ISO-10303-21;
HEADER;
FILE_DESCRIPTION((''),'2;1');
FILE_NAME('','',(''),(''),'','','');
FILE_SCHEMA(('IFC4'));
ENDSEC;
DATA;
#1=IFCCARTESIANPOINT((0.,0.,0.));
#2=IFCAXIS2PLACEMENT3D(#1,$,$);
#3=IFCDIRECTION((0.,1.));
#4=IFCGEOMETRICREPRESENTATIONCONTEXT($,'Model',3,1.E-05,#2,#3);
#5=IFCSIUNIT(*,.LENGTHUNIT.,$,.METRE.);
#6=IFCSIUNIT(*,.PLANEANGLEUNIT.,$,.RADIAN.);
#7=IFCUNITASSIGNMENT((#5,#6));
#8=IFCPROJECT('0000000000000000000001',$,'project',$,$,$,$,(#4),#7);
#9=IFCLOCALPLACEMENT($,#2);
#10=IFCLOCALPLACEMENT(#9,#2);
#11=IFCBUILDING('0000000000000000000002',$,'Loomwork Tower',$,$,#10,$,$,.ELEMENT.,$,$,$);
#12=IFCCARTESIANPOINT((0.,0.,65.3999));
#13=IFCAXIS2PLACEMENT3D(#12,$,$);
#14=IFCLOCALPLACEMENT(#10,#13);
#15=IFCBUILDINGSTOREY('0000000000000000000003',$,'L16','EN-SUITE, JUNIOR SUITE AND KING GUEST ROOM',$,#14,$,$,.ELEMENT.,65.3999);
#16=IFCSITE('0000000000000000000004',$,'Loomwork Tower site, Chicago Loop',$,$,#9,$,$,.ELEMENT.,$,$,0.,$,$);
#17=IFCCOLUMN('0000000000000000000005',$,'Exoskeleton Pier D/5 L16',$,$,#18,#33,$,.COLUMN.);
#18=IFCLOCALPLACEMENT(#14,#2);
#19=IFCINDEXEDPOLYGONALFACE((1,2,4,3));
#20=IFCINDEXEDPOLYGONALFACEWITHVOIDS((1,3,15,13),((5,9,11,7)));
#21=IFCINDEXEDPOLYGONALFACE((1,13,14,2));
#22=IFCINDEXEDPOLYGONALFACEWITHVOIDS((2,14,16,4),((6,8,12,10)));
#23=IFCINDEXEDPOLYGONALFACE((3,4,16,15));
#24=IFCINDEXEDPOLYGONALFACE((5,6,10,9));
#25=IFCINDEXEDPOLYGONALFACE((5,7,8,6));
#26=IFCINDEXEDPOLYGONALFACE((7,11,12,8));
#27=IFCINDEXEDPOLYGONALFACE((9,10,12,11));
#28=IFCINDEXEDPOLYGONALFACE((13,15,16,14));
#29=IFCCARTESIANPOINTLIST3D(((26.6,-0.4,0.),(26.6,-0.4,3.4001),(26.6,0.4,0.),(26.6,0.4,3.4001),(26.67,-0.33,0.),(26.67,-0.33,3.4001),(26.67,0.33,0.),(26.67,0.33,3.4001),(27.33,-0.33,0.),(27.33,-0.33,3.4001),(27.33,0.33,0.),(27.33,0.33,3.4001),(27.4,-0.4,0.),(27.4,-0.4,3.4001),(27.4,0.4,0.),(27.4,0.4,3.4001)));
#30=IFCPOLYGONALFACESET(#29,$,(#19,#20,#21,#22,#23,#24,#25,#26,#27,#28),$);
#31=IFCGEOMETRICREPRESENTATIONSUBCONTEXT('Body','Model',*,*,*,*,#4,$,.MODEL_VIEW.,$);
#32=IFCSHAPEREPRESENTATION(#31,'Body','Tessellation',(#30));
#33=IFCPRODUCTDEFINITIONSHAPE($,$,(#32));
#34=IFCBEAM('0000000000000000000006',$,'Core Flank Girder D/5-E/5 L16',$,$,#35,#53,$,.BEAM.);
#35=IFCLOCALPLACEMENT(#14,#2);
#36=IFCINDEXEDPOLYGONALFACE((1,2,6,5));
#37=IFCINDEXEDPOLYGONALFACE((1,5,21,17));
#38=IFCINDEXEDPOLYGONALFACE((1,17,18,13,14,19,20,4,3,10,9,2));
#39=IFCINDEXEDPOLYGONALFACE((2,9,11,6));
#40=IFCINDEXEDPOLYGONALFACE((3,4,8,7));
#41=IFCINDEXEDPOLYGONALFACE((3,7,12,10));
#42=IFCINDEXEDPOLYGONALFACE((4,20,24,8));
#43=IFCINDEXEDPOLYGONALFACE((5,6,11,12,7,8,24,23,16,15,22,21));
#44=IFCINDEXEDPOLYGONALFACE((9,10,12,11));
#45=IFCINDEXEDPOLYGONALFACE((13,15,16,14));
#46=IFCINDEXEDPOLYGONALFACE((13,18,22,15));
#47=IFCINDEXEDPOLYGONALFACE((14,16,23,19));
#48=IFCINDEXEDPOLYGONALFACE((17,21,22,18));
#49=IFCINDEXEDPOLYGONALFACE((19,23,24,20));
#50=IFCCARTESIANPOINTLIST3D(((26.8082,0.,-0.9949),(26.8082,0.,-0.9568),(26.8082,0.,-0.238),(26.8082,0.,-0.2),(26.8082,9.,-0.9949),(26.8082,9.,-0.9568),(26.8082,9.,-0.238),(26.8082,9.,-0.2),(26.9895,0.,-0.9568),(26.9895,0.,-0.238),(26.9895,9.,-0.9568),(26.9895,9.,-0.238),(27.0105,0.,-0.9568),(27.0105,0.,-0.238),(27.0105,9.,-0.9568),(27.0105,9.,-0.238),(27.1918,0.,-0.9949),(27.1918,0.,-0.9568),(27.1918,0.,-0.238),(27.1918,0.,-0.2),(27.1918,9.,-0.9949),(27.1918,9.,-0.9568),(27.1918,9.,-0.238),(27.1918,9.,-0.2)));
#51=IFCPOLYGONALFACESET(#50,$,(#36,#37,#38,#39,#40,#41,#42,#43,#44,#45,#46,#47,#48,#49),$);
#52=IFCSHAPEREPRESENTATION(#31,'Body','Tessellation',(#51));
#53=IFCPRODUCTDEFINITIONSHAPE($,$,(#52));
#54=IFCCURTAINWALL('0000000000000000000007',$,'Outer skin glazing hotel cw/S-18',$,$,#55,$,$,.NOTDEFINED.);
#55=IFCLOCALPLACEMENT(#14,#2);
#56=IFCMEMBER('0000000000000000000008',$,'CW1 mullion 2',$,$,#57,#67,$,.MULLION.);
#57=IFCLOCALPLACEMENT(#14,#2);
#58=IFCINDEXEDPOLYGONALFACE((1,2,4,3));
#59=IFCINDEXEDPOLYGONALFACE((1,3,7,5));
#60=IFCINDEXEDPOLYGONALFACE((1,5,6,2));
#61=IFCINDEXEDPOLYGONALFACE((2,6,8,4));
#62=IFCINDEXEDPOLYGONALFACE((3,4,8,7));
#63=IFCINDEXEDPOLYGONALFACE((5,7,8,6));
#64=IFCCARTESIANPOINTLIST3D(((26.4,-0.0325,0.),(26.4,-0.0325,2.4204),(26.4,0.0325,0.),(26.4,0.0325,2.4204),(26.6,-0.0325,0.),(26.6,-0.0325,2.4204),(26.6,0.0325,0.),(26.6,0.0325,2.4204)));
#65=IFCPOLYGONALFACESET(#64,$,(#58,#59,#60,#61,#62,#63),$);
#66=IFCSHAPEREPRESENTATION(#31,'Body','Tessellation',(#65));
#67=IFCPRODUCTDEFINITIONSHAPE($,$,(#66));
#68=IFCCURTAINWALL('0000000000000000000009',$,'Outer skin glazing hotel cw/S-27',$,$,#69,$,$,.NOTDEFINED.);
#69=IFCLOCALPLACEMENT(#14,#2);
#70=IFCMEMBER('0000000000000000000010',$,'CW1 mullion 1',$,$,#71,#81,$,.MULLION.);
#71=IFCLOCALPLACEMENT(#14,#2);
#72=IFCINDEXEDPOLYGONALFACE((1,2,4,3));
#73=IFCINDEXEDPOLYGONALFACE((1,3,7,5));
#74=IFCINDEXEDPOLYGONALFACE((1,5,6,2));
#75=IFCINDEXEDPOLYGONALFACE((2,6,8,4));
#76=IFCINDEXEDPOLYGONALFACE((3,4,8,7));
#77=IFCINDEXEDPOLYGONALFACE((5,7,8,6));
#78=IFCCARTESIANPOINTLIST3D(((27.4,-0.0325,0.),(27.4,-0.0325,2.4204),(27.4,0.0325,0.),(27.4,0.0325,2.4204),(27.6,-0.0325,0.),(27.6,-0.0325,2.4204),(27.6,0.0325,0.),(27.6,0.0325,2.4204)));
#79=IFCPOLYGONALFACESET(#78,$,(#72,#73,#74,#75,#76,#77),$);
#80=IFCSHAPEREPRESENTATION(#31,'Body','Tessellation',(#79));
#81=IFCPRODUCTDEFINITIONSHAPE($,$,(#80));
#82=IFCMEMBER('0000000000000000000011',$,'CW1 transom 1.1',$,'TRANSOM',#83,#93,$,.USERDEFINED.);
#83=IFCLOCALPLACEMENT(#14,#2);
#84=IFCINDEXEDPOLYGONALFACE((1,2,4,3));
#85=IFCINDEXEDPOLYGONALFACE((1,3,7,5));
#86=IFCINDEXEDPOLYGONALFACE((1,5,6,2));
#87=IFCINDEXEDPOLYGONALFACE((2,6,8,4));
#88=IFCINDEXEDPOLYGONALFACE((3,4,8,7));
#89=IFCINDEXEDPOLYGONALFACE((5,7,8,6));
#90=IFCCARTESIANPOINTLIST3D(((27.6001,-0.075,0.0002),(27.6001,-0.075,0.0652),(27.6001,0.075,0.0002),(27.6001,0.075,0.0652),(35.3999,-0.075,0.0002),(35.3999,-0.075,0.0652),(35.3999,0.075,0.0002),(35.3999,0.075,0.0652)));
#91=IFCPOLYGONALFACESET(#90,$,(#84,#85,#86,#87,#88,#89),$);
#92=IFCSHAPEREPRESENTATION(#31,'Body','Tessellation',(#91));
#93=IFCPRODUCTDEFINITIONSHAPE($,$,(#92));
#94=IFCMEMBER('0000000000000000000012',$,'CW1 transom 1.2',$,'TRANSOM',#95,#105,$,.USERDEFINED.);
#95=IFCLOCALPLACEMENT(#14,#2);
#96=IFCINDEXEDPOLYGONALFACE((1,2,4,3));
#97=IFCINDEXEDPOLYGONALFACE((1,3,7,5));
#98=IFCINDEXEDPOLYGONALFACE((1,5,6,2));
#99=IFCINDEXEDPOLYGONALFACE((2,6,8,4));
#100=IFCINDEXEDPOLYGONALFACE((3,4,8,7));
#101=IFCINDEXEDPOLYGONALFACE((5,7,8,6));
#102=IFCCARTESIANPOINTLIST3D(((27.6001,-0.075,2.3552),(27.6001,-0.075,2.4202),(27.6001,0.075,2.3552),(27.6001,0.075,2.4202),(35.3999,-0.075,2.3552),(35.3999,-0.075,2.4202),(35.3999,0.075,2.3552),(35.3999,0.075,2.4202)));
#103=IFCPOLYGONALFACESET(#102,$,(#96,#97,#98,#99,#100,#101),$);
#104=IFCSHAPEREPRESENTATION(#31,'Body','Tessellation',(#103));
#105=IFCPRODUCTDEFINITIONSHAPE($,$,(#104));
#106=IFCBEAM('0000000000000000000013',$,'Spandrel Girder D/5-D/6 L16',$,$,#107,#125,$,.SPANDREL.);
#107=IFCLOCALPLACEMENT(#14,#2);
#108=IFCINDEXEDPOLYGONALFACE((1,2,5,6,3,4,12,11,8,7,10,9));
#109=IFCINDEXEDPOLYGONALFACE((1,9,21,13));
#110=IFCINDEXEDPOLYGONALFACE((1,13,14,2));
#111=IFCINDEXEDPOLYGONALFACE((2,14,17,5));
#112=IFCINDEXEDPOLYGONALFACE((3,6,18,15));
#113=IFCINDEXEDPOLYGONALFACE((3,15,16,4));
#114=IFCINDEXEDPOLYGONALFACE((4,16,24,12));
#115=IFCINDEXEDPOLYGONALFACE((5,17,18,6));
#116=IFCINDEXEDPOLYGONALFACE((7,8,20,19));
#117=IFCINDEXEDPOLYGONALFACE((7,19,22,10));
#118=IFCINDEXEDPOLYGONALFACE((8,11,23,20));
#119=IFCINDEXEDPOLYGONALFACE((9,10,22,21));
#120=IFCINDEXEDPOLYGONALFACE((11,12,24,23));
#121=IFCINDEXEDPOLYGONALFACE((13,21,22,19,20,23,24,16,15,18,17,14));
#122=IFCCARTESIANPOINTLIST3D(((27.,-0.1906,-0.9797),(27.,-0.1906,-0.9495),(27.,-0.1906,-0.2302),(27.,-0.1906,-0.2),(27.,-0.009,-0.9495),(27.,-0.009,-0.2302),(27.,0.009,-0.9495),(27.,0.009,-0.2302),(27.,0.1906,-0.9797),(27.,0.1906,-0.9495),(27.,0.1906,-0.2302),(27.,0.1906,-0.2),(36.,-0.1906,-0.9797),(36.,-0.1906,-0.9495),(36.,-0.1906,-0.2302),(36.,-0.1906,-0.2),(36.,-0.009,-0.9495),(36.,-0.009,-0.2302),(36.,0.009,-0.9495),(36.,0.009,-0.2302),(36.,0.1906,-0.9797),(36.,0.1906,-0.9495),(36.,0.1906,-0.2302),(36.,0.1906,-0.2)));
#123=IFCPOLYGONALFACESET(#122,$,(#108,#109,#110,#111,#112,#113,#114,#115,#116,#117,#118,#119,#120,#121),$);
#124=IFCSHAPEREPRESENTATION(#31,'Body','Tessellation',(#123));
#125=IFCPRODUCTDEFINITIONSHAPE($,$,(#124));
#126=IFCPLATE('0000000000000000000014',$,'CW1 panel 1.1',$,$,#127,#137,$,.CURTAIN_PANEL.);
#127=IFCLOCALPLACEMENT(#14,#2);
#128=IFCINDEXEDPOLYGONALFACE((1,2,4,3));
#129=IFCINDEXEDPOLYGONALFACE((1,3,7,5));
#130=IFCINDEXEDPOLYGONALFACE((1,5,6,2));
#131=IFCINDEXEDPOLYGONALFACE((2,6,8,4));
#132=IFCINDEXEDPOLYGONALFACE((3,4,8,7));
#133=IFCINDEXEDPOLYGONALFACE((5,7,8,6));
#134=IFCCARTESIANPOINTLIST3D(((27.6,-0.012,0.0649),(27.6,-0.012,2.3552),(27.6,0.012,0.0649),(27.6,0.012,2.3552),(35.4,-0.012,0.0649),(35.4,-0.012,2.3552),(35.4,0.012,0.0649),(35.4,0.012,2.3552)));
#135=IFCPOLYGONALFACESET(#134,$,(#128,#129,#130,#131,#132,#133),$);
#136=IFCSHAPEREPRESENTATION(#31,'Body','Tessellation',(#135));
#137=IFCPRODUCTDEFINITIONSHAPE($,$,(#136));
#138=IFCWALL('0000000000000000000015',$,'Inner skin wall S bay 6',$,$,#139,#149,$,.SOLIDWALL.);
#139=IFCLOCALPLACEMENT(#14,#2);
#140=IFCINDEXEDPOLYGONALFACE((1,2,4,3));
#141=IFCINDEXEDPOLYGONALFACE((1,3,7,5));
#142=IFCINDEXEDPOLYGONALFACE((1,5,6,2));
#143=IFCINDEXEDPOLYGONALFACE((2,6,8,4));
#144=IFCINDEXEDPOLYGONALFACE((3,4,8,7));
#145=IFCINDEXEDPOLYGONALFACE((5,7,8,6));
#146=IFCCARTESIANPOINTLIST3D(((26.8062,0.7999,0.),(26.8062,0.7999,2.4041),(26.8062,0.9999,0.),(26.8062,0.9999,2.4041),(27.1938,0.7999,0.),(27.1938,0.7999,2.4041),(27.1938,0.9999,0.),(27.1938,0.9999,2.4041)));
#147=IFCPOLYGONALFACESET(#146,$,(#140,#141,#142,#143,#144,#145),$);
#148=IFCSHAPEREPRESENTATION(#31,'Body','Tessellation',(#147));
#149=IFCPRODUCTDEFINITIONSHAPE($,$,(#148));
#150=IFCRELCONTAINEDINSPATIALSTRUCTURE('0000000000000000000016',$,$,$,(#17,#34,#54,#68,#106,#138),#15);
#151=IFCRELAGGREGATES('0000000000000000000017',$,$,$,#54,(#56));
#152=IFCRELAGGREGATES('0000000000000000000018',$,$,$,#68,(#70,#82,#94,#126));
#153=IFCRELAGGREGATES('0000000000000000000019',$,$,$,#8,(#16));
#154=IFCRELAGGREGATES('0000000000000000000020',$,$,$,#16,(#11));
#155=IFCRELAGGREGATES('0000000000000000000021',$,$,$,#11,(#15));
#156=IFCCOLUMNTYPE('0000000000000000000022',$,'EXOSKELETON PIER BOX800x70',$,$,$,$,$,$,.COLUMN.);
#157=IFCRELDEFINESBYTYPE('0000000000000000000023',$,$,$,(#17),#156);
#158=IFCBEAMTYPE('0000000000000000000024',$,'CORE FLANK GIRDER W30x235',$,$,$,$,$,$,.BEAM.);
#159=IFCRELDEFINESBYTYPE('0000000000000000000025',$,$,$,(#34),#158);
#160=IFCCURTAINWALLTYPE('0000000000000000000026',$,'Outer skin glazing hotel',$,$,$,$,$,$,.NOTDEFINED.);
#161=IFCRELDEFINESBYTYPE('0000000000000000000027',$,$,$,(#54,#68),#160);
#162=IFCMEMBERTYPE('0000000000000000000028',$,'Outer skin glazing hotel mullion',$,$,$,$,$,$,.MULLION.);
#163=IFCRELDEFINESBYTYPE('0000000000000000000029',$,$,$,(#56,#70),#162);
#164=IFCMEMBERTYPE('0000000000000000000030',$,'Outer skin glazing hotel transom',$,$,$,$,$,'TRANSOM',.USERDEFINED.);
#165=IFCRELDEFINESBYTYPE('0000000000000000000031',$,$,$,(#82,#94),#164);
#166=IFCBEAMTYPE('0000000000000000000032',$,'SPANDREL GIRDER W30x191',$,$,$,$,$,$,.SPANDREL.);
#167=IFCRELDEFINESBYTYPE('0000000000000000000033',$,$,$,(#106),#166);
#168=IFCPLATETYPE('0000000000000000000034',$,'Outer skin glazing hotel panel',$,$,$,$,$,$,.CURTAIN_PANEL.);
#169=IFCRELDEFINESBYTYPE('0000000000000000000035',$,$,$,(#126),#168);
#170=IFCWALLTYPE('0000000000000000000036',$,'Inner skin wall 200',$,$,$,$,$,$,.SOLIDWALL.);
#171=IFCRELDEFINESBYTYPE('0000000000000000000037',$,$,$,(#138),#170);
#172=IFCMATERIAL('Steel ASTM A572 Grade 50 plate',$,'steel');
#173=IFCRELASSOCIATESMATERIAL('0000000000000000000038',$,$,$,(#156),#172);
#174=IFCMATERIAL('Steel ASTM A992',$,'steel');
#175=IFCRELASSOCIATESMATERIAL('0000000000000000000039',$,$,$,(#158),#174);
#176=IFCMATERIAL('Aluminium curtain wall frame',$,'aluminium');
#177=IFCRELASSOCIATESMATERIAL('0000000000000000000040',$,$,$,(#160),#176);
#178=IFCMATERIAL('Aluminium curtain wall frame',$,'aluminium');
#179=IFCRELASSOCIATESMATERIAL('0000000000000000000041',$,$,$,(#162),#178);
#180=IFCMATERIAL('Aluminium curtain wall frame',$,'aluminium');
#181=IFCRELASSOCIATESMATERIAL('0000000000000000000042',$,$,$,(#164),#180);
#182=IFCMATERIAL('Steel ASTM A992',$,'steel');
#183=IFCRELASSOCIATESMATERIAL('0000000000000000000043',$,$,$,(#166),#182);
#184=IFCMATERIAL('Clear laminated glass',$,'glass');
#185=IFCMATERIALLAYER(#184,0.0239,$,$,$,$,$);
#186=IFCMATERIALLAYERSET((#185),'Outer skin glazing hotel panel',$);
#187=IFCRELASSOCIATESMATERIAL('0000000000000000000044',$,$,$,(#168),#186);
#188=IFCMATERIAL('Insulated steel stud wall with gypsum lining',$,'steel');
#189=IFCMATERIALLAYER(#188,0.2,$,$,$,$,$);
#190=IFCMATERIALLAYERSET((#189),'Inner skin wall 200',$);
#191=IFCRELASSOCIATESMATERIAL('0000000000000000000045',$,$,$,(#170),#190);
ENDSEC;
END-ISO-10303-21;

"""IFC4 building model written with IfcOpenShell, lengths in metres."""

from ifc_helpers import new_model, si_unit, direction, frame, frame_2d, origin, origin_2d, place, context, subcontext, project, spatial, rectangle, hollow_rectangle, i_section, extrude, material, layer, layer_set, material_profile, profile_set, type_object, element, aggregate, save


model = new_model("IFC4")

# Units and contexts
model_context = context("Model", 3, precision=1e-05, world=origin(), true_north=direction((0.0, 1.0)))
body_context = subcontext(model_context, "Body", "Model", "MODEL_VIEW")
ifc_project = project(units=[si_unit("LENGTHUNIT", "METRE"), si_unit("PLANEANGLEUNIT", "RADIAN")], contexts=[model_context])

# Site, building, storey
site_placement = place(None, origin())
site = spatial("IfcSite", under=ifc_project, at=site_placement, Name="Loomwork Tower site, Chicago Loop", CompositionType="ELEMENT", RefElevation=0.0)
building_placement = place(site_placement, origin())
building = spatial("IfcBuilding", under=site, at=building_placement, Name="Loomwork Tower", CompositionType="ELEMENT")
storey_placement = place(building_placement, frame((0.0, 0.0, 65.3999)))
storey = spatial("IfcBuildingStorey", under=building, at=storey_placement, Name="L16", Description="EN-SUITE, JUNIOR SUITE AND KING GUEST ROOM", CompositionType="ELEMENT", Elevation=65.3999)

# Column
ifc_material_1 = material(Name="Steel ASTM A572 Grade 50 plate", Category="steel")
ifc_material_profile_1 = material_profile(ifc_material_1, hollow_rectangle(XDim=0.8, YDim=0.8, WallThickness=0.0701, at=origin_2d()), Name="BOX800x70")
ifc_profile_set_1 = profile_set([ifc_material_profile_1], Name="Steel ASTM A572 Grade 50 plate")
column_type = type_object("IfcColumnType", Name="EXOSKELETON PIER BOX800x70", PredefinedType="COLUMN", material=ifc_profile_set_1)
column_placement = place(storey_placement, frame((27.0, 0.0, 0.0), z_axis=(0.0, 0.0, 1.0), x_axis=(1.0, 0.0, 0.0)))
element("IfcColumn", 1, at=column_placement, inside=storey, type_object=column_type, Name="Exoskeleton Pier D/5 L16", PredefinedType="COLUMN", context=body_context, shape_type="SweptSolid", body=[
    extrude(hollow_rectangle(XDim=0.8, YDim=0.8, WallThickness=0.0701, at=origin_2d()), origin(), (0.0, 0.0, 1.0), 3.4001),
])

# Beam
ifc_material_2 = material(Name="Steel ASTM A992", Category="steel")
ifc_material_profile_2 = material_profile(ifc_material_2, i_section(OverallWidth=0.3835, OverallDepth=0.7949, WebThickness=0.021, FlangeThickness=0.0381, at=origin_2d()), Name="W30x235")
ifc_profile_set_2 = profile_set([ifc_material_profile_2], Name="Steel ASTM A992")
beam_type_1 = type_object("IfcBeamType", Name="CORE FLANK GIRDER W30x235", PredefinedType="BEAM", material=ifc_profile_set_2)
beam_1_placement = place(storey_placement, frame((27.0, 0.0, -0.5974), z_axis=(0.0, 1.0, 0.0), x_axis=(-1.0, 0.0, 0.0)))
element("IfcBeam", 2, at=beam_1_placement, inside=storey, type_object=beam_type_1, Name="Core Flank Girder D/5-E/5 L16", PredefinedType="BEAM", context=body_context, shape_type="SweptSolid", body=[
    extrude(i_section(OverallWidth=0.3835, OverallDepth=0.7949, WebThickness=0.021, FlangeThickness=0.0381, at=origin_2d()), origin(), (0.0, 0.0, 1.0), 9.0),
])

# Curtain wall, member
ifc_material_3 = material(Name="Aluminium curtain wall frame", Category="aluminium")
curtain_wall_type = type_object("IfcCurtainWallType", Name="Outer skin glazing hotel", PredefinedType="NOTDEFINED", material=ifc_material_3)
curtain_wall_1_placement = place(storey_placement, origin())
curtain_wall_1 = element("IfcCurtainWall", 3, at=curtain_wall_1_placement, inside=storey, type_object=curtain_wall_type, Name="Outer skin glazing hotel cw/S-18", PredefinedType="NOTDEFINED")
ifc_material_4 = material(Name="Aluminium curtain wall frame", Category="aluminium")
ifc_material_profile_3 = material_profile(ifc_material_4, rectangle(XDim=0.0649, YDim=0.2, at=origin_2d()), Name="AL 65x200")
ifc_profile_set_3 = profile_set([ifc_material_profile_3], Name="Aluminium curtain wall frame")
member_type_1 = type_object("IfcMemberType", Name="Outer skin glazing hotel mullion", PredefinedType="MULLION", material=ifc_profile_set_3)
member_1_placement = place(storey_placement, frame((26.5, 0.0, 0.0), z_axis=(0.0, 0.0, 1.0), x_axis=(0.0, 1.0, 0.0)))
member_1 = element("IfcMember", 4, at=member_1_placement, type_object=member_type_1, Name="CW1 mullion 2", PredefinedType="MULLION", context=body_context, shape_type="SweptSolid", body=[
    extrude(rectangle(XDim=0.0649, YDim=0.2, at=origin_2d()), origin(), (0.0, 0.0, 1.0), 2.4204),
])
aggregate(curtain_wall_1, [member_1])

# Curtain wall, members
curtain_wall_2_placement = place(storey_placement, origin())
curtain_wall_2 = element("IfcCurtainWall", 5, at=curtain_wall_2_placement, inside=storey, type_object=curtain_wall_type, Name="Outer skin glazing hotel cw/S-27", PredefinedType="NOTDEFINED")
member_2_placement = place(storey_placement, frame((27.5, 0.0, 0.0), z_axis=(0.0, 0.0, 1.0), x_axis=(0.0, 1.0, 0.0)))
member_2 = element("IfcMember", 6, at=member_2_placement, type_object=member_type_1, Name="CW1 mullion 1", PredefinedType="MULLION", context=body_context, shape_type="SweptSolid", body=[
    extrude(rectangle(XDim=0.0649, YDim=0.2, at=origin_2d()), origin(), (0.0, 0.0, 1.0), 2.4204),
])
ifc_material_5 = material(Name="Aluminium curtain wall frame", Category="aluminium")
ifc_material_profile_4 = material_profile(ifc_material_5, rectangle(XDim=0.1499, YDim=0.0649, at=origin_2d()), Name="AL 65x150")
ifc_profile_set_4 = profile_set([ifc_material_profile_4], Name="Aluminium curtain wall frame")
member_type_2 = type_object("IfcMemberType", Name="Outer skin glazing hotel transom", ElementType="TRANSOM", PredefinedType="USERDEFINED", material=ifc_profile_set_4)
member_3_placement = place(storey_placement, frame((27.6001, 0.0, 0.0327), z_axis=(1.0, 0.0, 0.0), x_axis=(0.0, 1.0, 0.0)))
member_3 = element("IfcMember", 7, at=member_3_placement, type_object=member_type_2, Name="CW1 transom 1.1", ObjectType="TRANSOM", PredefinedType="USERDEFINED", context=body_context, shape_type="SweptSolid", body=[
    extrude(rectangle(XDim=0.1499, YDim=0.0649, at=origin_2d()), origin(), (0.0, 0.0, 1.0), 7.7998),
])
member_4_placement = place(storey_placement, frame((27.6001, 0.0, 2.3877), z_axis=(1.0, 0.0, 0.0), x_axis=(0.0, 1.0, 0.0)))
member_4 = element("IfcMember", 8, at=member_4_placement, type_object=member_type_2, Name="CW1 transom 1.2", ObjectType="TRANSOM", PredefinedType="USERDEFINED", context=body_context, shape_type="SweptSolid", body=[
    extrude(rectangle(XDim=0.1499, YDim=0.0649, at=origin_2d()), origin(), (0.0, 0.0, 1.0), 7.7998),
])

# Beam
ifc_material_6 = material(Name="Steel ASTM A992", Category="steel")
ifc_material_profile_5 = material_profile(ifc_material_6, i_section(OverallWidth=0.3811, OverallDepth=0.7798, WebThickness=0.0181, FlangeThickness=0.0303, at=origin_2d()), Name="W30x191")
ifc_profile_set_5 = profile_set([ifc_material_profile_5], Name="Steel ASTM A992")
beam_type_2 = type_object("IfcBeamType", Name="SPANDREL GIRDER W30x191", PredefinedType="SPANDREL", material=ifc_profile_set_5)
beam_2_placement = place(storey_placement, frame((27.0, 0.0, -0.5898), z_axis=(1.0, 0.0, 0.0), x_axis=(0.0, 1.0, 0.0)))
element("IfcBeam", 9, at=beam_2_placement, inside=storey, type_object=beam_type_2, Name="Spandrel Girder D/5-D/6 L16", PredefinedType="SPANDREL", context=body_context, shape_type="SweptSolid", body=[
    extrude(i_section(OverallWidth=0.3811, OverallDepth=0.7798, WebThickness=0.0181, FlangeThickness=0.0303, at=origin_2d()), origin(), (0.0, 0.0, 1.0), 9.0),
])

# Plate
ifc_material_7 = material(Name="Clear laminated glass", Category="glass")
ifc_layer_1 = layer(ifc_material_7, 0.0239)
ifc_layer_set_1 = layer_set([ifc_layer_1], Name="Outer skin glazing hotel panel")
plate_type = type_object("IfcPlateType", Name="Outer skin glazing hotel panel", PredefinedType="CURTAIN_PANEL", material=ifc_layer_set_1)
plate_placement = place(storey_placement, frame((31.5, 0.0, 0.0649), z_axis=(0.0, 0.0, 1.0), x_axis=(1.0, 0.0, 0.0)))
plate = element("IfcPlate", 10, at=plate_placement, type_object=plate_type, Name="CW1 panel 1.1", PredefinedType="CURTAIN_PANEL", context=body_context, shape_type="SweptSolid", body=[
    extrude(rectangle(XDim=7.8, YDim=0.0239, at=origin_2d()), origin(), (0.0, 0.0, 1.0), 2.2903),
])
aggregate(curtain_wall_2, [member_2, member_3, member_4, plate])

# Wall
ifc_material_8 = material(Name="Insulated steel stud wall with gypsum lining", Category="steel")
ifc_layer_2 = layer(ifc_material_8, 0.2)
ifc_layer_set_2 = layer_set([ifc_layer_2], Name="Inner skin wall 200")
wall_type = type_object("IfcWallType", Name="Inner skin wall 200", PredefinedType="SOLIDWALL", material=ifc_layer_set_2)
wall_1_placement = place(storey_placement, frame((26.8062, 0.8999, 0.0), z_axis=(0.0, 0.0, 1.0), x_axis=(1.0, 0.0, 0.0)))
element("IfcWall", 11, at=wall_1_placement, inside=storey, type_object=wall_type, Name="Inner skin wall S bay 6", PredefinedType="SOLIDWALL", context=body_context, shape_type="SweptSolid", body=[
    extrude(rectangle(XDim=0.3877, YDim=0.2, at=frame_2d((0.1938, 0.0))), origin(), (0.0, 0.0, 1.0), 2.4041),
])

save(model, "model.ifc")
